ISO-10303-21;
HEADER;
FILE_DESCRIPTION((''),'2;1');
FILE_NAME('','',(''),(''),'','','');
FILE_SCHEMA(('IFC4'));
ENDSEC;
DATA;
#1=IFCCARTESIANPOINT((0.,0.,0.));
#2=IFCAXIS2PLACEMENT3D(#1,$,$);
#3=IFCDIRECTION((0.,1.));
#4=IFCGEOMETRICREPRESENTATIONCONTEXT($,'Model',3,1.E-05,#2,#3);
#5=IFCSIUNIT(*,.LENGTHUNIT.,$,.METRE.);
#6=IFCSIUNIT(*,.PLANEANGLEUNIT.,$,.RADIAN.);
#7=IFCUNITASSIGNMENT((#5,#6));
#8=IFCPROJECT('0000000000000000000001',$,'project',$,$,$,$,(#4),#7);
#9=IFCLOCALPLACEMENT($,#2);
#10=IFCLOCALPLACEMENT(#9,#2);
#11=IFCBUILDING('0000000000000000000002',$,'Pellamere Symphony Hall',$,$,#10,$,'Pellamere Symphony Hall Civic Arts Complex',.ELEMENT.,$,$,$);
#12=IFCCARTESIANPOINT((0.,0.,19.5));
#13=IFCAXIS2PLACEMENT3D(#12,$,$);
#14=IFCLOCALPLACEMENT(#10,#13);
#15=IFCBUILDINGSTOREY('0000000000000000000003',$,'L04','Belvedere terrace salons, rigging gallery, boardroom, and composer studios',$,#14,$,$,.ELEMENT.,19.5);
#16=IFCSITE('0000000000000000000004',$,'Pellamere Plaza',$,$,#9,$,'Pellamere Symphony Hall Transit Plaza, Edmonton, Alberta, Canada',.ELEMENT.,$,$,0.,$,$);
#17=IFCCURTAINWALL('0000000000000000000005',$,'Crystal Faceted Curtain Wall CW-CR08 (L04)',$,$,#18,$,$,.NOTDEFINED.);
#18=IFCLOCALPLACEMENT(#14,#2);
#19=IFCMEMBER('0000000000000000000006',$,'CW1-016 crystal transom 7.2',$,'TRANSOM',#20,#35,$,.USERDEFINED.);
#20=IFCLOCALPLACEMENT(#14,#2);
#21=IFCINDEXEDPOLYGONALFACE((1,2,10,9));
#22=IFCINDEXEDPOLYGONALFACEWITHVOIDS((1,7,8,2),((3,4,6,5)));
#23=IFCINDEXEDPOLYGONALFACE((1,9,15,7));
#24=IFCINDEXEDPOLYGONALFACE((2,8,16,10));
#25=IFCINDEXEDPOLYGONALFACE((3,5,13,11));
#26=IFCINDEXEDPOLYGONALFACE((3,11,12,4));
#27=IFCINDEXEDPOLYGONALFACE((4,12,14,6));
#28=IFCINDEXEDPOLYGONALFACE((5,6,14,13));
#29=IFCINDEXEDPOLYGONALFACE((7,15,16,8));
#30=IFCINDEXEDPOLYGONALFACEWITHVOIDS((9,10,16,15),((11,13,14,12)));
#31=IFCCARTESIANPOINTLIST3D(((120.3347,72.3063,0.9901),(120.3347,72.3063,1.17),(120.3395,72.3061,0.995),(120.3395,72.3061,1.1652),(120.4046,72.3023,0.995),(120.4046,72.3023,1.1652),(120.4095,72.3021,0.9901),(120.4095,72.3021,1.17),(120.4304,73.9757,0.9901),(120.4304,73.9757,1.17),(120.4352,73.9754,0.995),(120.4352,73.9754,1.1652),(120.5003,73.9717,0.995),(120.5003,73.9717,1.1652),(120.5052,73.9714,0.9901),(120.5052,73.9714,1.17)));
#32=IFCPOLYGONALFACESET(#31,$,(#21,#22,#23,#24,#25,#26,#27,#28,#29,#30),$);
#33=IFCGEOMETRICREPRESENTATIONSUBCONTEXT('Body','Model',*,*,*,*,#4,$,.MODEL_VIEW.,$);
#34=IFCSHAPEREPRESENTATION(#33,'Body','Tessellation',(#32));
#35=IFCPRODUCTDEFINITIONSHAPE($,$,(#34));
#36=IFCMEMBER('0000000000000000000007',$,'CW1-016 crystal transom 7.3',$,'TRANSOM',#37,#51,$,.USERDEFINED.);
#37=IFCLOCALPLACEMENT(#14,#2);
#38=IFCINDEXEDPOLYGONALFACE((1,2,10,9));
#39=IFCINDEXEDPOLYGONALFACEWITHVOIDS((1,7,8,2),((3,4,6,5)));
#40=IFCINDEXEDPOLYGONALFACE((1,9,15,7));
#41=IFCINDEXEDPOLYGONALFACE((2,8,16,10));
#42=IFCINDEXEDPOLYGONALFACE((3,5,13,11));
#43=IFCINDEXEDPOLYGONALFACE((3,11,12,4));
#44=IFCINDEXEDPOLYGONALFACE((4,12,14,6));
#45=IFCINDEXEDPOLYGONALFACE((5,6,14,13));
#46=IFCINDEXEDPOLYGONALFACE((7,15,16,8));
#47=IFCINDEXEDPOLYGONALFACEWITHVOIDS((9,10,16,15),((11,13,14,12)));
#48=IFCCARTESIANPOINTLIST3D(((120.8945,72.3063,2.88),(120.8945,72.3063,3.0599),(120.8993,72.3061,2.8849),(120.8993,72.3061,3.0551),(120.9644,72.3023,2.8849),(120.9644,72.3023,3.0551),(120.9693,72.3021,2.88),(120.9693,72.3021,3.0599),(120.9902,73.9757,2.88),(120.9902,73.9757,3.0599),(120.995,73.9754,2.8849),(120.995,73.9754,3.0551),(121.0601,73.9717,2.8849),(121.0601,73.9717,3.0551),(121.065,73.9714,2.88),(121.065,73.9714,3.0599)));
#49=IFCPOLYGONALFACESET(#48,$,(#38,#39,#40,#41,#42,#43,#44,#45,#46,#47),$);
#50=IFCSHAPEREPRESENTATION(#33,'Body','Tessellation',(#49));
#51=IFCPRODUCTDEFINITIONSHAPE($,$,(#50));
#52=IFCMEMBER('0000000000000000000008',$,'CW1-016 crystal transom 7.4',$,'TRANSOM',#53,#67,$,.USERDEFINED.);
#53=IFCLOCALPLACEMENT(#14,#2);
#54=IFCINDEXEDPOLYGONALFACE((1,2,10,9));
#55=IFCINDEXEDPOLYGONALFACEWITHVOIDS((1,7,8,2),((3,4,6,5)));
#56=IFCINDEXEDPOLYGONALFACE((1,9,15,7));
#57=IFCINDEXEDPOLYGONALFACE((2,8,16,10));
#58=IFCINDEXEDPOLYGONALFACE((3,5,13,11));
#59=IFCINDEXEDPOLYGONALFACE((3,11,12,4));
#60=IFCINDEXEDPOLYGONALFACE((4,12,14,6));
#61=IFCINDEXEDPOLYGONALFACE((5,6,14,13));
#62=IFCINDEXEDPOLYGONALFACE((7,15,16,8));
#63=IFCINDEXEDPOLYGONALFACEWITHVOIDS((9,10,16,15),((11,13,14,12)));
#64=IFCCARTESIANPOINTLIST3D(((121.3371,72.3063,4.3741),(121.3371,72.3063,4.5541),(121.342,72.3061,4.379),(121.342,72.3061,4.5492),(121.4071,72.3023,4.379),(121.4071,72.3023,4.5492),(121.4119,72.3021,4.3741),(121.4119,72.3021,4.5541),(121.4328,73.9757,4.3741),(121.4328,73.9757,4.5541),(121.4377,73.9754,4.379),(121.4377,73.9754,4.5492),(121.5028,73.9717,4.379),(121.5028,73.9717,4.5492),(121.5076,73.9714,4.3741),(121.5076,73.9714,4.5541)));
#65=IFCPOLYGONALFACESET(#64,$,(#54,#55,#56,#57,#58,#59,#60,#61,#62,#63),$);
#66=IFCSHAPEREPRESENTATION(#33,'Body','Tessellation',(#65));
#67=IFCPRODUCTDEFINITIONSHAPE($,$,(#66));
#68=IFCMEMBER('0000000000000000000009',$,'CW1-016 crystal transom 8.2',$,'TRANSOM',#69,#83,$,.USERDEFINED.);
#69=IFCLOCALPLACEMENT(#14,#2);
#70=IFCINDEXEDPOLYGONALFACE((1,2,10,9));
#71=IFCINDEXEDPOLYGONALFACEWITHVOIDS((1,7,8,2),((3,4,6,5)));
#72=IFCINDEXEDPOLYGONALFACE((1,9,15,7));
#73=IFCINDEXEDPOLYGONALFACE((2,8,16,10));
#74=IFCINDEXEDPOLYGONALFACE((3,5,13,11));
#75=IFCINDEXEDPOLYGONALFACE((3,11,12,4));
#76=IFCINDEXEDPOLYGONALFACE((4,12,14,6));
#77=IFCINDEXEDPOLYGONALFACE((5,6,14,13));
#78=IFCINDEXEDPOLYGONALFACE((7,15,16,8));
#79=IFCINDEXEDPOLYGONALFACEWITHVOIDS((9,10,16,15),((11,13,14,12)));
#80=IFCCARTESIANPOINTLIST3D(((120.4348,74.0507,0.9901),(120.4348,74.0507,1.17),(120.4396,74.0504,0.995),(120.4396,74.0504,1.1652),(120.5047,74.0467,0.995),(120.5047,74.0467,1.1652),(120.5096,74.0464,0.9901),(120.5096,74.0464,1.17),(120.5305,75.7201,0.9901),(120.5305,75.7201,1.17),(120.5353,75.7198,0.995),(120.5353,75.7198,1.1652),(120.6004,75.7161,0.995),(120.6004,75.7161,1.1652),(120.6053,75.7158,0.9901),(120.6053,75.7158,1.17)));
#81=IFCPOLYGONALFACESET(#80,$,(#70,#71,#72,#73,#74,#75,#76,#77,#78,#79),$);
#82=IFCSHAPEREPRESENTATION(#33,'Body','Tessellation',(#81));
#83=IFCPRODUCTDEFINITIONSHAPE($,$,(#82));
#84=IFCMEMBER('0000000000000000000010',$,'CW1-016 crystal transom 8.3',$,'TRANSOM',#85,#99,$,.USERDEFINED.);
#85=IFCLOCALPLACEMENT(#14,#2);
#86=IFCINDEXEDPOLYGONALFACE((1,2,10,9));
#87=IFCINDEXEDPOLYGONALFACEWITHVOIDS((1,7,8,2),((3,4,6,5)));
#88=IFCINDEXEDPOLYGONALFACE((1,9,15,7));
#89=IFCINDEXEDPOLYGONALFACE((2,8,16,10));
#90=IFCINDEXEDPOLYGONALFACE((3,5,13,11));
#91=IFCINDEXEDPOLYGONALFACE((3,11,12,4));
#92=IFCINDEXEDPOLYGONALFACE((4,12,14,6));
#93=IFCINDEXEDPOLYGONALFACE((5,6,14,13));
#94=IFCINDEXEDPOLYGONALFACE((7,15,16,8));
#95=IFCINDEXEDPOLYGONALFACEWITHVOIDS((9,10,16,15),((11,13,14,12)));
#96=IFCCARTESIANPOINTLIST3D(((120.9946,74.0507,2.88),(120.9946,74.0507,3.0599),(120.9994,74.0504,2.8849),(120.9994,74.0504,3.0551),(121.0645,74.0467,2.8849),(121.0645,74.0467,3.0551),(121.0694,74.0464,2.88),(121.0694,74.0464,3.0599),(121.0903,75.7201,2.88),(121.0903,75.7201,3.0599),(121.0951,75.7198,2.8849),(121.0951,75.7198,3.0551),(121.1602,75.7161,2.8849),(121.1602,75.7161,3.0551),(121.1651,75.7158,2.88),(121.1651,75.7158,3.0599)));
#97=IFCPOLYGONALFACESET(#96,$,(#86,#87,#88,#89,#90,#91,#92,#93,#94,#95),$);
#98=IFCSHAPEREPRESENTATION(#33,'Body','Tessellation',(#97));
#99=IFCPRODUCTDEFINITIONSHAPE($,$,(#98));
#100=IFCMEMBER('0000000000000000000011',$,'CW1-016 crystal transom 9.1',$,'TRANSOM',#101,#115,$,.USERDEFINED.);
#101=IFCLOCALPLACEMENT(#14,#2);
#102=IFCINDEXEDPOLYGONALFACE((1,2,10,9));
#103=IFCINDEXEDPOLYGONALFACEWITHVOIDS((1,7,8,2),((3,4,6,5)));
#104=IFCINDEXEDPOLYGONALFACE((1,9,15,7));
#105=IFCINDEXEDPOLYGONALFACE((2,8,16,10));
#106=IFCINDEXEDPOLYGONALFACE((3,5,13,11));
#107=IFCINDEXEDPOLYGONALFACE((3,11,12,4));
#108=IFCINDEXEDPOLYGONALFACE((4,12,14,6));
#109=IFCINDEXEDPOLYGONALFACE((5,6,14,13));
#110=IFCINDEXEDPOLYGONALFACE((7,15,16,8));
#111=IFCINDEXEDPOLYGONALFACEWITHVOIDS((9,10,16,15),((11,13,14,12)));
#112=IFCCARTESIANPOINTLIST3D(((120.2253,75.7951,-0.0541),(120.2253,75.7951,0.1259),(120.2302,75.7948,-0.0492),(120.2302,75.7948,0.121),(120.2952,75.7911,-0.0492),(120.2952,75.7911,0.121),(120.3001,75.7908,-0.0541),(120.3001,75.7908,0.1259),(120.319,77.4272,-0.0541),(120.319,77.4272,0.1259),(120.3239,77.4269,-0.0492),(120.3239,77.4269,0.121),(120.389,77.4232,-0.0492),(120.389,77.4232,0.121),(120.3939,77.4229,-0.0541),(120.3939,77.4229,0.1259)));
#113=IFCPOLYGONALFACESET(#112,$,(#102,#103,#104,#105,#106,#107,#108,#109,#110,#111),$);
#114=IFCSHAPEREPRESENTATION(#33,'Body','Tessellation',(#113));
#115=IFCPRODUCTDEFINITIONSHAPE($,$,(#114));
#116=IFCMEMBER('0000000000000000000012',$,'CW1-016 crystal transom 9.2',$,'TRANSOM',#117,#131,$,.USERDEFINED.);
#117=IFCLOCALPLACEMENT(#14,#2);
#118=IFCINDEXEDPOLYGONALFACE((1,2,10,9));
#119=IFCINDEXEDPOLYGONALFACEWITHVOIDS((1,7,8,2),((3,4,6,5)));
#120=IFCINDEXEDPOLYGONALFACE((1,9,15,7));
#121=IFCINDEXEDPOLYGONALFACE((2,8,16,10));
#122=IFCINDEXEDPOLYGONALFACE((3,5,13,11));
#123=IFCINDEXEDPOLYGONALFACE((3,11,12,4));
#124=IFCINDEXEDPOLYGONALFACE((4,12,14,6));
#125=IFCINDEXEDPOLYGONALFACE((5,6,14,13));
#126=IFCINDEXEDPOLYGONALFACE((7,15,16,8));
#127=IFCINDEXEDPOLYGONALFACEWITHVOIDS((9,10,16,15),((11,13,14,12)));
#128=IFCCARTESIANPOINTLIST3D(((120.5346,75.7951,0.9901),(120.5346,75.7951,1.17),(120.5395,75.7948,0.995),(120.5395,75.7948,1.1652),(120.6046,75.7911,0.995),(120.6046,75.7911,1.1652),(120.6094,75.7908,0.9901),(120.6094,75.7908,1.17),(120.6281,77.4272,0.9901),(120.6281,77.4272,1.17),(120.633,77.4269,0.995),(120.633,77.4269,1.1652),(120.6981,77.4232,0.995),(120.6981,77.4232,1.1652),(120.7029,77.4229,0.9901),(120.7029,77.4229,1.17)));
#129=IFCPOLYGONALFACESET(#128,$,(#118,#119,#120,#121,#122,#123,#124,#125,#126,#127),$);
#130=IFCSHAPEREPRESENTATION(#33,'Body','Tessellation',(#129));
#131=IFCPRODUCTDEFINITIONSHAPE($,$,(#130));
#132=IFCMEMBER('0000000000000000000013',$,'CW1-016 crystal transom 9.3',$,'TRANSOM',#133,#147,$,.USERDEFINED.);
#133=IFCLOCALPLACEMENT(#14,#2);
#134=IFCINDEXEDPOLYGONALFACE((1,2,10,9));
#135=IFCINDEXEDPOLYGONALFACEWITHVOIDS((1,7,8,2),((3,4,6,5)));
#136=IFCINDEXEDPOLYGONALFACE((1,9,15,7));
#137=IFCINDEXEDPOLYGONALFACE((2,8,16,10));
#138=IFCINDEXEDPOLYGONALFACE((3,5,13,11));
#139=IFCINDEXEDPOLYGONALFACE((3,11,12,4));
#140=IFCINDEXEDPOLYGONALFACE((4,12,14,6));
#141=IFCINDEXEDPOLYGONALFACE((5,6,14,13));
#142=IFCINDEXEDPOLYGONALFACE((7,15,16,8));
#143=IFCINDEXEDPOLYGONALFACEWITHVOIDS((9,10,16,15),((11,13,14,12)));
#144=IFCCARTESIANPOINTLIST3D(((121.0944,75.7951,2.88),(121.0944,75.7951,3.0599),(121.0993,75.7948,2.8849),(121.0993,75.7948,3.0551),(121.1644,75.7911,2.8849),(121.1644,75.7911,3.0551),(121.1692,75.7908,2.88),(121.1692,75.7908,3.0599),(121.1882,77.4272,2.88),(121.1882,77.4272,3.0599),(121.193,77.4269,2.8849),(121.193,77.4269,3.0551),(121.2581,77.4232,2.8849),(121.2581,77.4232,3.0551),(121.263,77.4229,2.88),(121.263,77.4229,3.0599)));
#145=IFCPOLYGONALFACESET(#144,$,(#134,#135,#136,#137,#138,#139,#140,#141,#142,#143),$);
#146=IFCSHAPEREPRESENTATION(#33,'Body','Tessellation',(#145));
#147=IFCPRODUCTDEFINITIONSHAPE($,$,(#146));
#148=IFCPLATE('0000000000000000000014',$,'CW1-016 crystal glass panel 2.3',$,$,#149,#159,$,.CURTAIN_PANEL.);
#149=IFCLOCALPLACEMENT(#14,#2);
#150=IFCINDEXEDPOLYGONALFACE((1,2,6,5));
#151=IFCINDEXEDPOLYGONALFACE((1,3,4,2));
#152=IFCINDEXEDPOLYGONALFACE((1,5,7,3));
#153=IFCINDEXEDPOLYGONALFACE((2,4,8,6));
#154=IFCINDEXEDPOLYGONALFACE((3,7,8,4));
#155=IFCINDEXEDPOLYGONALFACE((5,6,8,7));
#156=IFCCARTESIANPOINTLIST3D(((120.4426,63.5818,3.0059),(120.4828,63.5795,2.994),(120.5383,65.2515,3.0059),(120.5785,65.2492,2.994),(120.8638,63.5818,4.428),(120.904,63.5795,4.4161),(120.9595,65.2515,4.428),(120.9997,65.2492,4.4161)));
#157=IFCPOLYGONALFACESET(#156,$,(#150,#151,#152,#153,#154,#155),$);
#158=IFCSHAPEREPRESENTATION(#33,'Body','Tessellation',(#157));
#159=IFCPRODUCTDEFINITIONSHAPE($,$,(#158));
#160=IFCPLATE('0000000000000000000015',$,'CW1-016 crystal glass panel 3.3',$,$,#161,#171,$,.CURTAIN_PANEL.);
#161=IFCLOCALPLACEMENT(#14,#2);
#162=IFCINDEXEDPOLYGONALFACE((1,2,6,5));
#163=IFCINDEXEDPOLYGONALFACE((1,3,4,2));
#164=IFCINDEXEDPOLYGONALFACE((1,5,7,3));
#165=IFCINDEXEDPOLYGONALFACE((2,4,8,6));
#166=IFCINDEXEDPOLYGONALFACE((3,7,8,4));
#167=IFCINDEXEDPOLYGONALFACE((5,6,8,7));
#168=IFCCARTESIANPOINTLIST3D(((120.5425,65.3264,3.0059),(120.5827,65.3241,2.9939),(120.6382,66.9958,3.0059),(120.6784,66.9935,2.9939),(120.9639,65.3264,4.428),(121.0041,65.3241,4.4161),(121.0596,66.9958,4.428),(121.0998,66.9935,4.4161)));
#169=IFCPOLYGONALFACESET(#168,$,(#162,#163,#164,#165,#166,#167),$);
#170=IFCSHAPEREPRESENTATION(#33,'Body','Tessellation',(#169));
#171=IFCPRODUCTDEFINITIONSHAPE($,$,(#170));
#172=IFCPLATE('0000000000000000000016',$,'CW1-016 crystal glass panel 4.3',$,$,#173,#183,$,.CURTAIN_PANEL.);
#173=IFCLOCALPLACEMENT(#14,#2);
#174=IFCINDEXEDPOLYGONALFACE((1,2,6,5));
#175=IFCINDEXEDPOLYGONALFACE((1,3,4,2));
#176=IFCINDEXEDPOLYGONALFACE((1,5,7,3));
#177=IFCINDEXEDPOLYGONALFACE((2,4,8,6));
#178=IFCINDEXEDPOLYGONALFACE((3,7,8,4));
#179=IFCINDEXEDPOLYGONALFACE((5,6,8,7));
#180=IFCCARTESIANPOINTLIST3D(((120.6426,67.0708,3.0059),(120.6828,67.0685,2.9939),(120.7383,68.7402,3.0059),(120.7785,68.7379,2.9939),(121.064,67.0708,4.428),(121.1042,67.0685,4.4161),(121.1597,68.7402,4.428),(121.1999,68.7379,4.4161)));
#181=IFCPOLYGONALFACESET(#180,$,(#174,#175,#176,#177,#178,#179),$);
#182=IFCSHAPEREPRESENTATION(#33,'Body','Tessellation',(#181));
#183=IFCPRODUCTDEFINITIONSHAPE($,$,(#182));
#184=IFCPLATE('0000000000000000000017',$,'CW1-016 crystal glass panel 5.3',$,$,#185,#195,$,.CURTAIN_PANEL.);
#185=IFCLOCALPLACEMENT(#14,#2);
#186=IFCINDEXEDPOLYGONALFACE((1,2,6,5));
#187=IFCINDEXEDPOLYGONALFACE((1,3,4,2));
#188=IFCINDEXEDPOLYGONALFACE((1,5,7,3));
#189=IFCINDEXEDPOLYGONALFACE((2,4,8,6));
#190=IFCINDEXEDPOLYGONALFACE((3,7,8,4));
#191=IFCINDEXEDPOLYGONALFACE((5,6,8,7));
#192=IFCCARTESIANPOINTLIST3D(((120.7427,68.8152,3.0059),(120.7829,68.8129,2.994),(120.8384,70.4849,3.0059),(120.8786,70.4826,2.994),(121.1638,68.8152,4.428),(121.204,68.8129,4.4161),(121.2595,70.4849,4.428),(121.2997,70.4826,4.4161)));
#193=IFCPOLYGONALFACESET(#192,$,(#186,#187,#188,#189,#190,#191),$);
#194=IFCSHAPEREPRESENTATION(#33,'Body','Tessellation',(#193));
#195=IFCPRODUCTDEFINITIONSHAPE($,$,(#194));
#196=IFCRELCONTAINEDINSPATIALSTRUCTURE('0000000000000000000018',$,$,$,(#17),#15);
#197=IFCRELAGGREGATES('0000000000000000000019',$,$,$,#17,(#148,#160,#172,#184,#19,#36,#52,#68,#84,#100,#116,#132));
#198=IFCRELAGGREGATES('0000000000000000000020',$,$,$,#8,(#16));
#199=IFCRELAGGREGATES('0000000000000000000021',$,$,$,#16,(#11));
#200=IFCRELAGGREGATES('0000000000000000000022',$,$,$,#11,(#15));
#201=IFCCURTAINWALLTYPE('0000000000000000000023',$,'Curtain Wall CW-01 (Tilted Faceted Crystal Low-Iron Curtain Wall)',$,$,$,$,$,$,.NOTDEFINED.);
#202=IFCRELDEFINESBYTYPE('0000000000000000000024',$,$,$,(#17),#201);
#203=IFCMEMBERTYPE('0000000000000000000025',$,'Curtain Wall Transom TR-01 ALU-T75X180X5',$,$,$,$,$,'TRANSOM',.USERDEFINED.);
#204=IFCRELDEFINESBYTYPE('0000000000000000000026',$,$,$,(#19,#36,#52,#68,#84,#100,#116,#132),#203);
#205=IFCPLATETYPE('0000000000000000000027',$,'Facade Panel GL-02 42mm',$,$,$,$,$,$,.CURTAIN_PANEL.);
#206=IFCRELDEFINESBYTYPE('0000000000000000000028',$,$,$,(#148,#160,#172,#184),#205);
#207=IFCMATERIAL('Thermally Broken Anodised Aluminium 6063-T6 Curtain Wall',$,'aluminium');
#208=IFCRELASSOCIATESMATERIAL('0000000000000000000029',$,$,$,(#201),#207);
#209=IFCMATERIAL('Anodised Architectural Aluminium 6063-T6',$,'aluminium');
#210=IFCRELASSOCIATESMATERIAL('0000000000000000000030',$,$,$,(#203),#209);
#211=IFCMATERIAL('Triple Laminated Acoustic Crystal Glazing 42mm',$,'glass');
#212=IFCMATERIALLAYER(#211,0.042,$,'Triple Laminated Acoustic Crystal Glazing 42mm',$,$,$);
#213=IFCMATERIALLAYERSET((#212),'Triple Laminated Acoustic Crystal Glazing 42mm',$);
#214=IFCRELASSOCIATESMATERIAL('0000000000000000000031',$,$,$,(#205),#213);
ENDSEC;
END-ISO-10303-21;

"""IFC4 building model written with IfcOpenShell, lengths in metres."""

from ifc_helpers import new_model, si_unit, direction, frame, origin, origin_2d, place, context, subcontext, project, spatial, polyline, hollow_rectangle, outline, extrude, material, layer, layer_set, material_profile, profile_set, type_object, element, aggregate, save


model = new_model("IFC4")

# Units and contexts
model_context = context("Model", 3, precision=1e-05, world=origin(), true_north=direction((0.0, 1.0)))
body_context = subcontext(model_context, "Body", "Model", "MODEL_VIEW")
ifc_project = project(units=[si_unit("LENGTHUNIT", "METRE"), si_unit("PLANEANGLEUNIT", "RADIAN")], contexts=[model_context])

# Site, building, storey
site_placement = place(None, origin())
site = spatial("IfcSite", under=ifc_project, at=site_placement, Name="Pellamere Plaza", LongName="Pellamere Symphony Hall Transit Plaza, Edmonton, Alberta, Canada", CompositionType="ELEMENT", RefElevation=0.0)
building_placement = place(site_placement, origin())
building = spatial("IfcBuilding", under=site, at=building_placement, Name="Pellamere Symphony Hall", LongName="Pellamere Symphony Hall Civic Arts Complex", CompositionType="ELEMENT")
storey_placement = place(building_placement, frame((0.0, 0.0, 19.5)))
storey = spatial("IfcBuildingStorey", under=building, at=storey_placement, Name="L04", Description="Belvedere terrace salons, rigging gallery, boardroom, and composer studios", CompositionType="ELEMENT", Elevation=19.5)

# Curtain wall, members, plates
ifc_material_1 = material(Name="Thermally Broken Anodised Aluminium 6063-T6 Curtain Wall", Category="aluminium")
curtain_wall_type = type_object("IfcCurtainWallType", Name="Curtain Wall CW-01 (Tilted Faceted Crystal Low-Iron Curtain Wall)", PredefinedType="NOTDEFINED", material=ifc_material_1)
curtain_wall_placement = place(storey_placement, origin())
curtain_wall = element("IfcCurtainWall", 1, at=curtain_wall_placement, inside=storey, type_object=curtain_wall_type, Name="Crystal Faceted Curtain Wall CW-CR08 (L04)", PredefinedType="NOTDEFINED")
ifc_material_2 = material(Name="Anodised Architectural Aluminium 6063-T6", Category="aluminium")
ifc_material_profile = material_profile(ifc_material_2, hollow_rectangle(XDim=0.075, YDim=0.1799, WallThickness=0.0049, at=origin_2d()), Name="ALU-T75X180X5")
ifc_profile_set = profile_set([ifc_material_profile], Name="Anodised Architectural Aluminium 6063-T6")
member_type = type_object("IfcMemberType", Name="Curtain Wall Transom TR-01 ALU-T75X180X5", ElementType="TRANSOM", PredefinedType="USERDEFINED", material=ifc_profile_set)
member_1_placement = place(storey_placement, frame((120.3721, 72.3042, 1.0801), z_axis=(0.057233, 0.998361, 0.0), x_axis=(-0.998361, 0.057233, 0.0)))
member_1 = element("IfcMember", 2, at=member_1_placement, type_object=member_type, Name="CW1-016 crystal transom 7.2", ObjectType="TRANSOM", PredefinedType="USERDEFINED", context=body_context, shape_type="SweptSolid", body=[
    extrude(hollow_rectangle(XDim=0.075, YDim=0.1799, WallThickness=0.0049, at=origin_2d()), origin(), (0.0, 0.0, 1.0), 1.6721),
])
member_2_placement = place(storey_placement, frame((120.9319, 72.3042, 2.97), z_axis=(0.057233, 0.998361, 0.0), x_axis=(-0.998361, 0.057233, 0.0)))
member_2 = element("IfcMember", 3, at=member_2_placement, type_object=member_type, Name="CW1-016 crystal transom 7.3", ObjectType="TRANSOM", PredefinedType="USERDEFINED", context=body_context, shape_type="SweptSolid", body=[
    extrude(hollow_rectangle(XDim=0.075, YDim=0.1799, WallThickness=0.0049, at=origin_2d()), origin(), (0.0, 0.0, 1.0), 1.6721),
])
member_3_placement = place(storey_placement, frame((121.3745, 72.3042, 4.4641), z_axis=(0.057233, 0.998361, 0.0), x_axis=(-0.998361, 0.057233, 0.0)))
member_3 = element("IfcMember", 4, at=member_3_placement, type_object=member_type, Name="CW1-016 crystal transom 7.4", ObjectType="TRANSOM", PredefinedType="USERDEFINED", context=body_context, shape_type="SweptSolid", body=[
    extrude(hollow_rectangle(XDim=0.075, YDim=0.1799, WallThickness=0.0049, at=origin_2d()), origin(), (0.0, 0.0, 1.0), 1.6721),
])
member_4_placement = place(storey_placement, frame((120.4722, 74.0486, 1.0801), z_axis=(0.057233, 0.998361, 0.0), x_axis=(-0.998361, 0.057233, 0.0)))
member_4 = element("IfcMember", 5, at=member_4_placement, type_object=member_type, Name="CW1-016 crystal transom 8.2", ObjectType="TRANSOM", PredefinedType="USERDEFINED", context=body_context, shape_type="SweptSolid", body=[
    extrude(hollow_rectangle(XDim=0.075, YDim=0.1799, WallThickness=0.0049, at=origin_2d()), origin(), (0.0, 0.0, 1.0), 1.6721),
])
member_5_placement = place(storey_placement, frame((121.032, 74.0486, 2.97), z_axis=(0.057233, 0.998361, 0.0), x_axis=(-0.998361, 0.057233, 0.0)))
member_5 = element("IfcMember", 6, at=member_5_placement, type_object=member_type, Name="CW1-016 crystal transom 8.3", ObjectType="TRANSOM", PredefinedType="USERDEFINED", context=body_context, shape_type="SweptSolid", body=[
    extrude(hollow_rectangle(XDim=0.075, YDim=0.1799, WallThickness=0.0049, at=origin_2d()), origin(), (0.0, 0.0, 1.0), 1.6721),
])
member_6_placement = place(storey_placement, frame((120.2627, 75.793, 0.0359), z_axis=(0.057348, 0.998354, 0.0), x_axis=(-0.998354, 0.057348, 0.0)))
member_6 = element("IfcMember", 7, at=member_6_placement, type_object=member_type, Name="CW1-016 crystal transom 9.1", ObjectType="TRANSOM", PredefinedType="USERDEFINED", context=body_context, shape_type="SweptSolid", body=[
    extrude(hollow_rectangle(XDim=0.075, YDim=0.1799, WallThickness=0.0049, at=origin_2d()), origin(), (0.0, 0.0, 1.0), 1.6348),
])
member_7_placement = place(storey_placement, frame((120.572, 75.793, 1.0801), z_axis=(0.057199, 0.998363, 0.0), x_axis=(-0.998363, 0.057199, 0.0)))
member_7 = element("IfcMember", 8, at=member_7_placement, type_object=member_type, Name="CW1-016 crystal transom 9.2", ObjectType="TRANSOM", PredefinedType="USERDEFINED", context=body_context, shape_type="SweptSolid", body=[
    extrude(hollow_rectangle(XDim=0.075, YDim=0.1799, WallThickness=0.0049, at=origin_2d()), origin(), (0.0, 0.0, 1.0), 1.6348),
])
member_8_placement = place(storey_placement, frame((121.1318, 75.793, 2.97), z_axis=(0.057348, 0.998354, 0.0), x_axis=(-0.998354, 0.057348, 0.0)))
member_8 = element("IfcMember", 9, at=member_8_placement, type_object=member_type, Name="CW1-016 crystal transom 9.3", ObjectType="TRANSOM", PredefinedType="USERDEFINED", context=body_context, shape_type="SweptSolid", body=[
    extrude(hollow_rectangle(XDim=0.075, YDim=0.1799, WallThickness=0.0049, at=origin_2d()), origin(), (0.0, 0.0, 1.0), 1.6348),
])
ifc_material_3 = material(Name="Triple Laminated Acoustic Crystal Glazing 42mm", Category="glass")
ifc_layer = layer(ifc_material_3, 0.042, Name="Triple Laminated Acoustic Crystal Glazing 42mm")
ifc_layer_set = layer_set([ifc_layer], Name="Triple Laminated Acoustic Crystal Glazing 42mm")
plate_type = type_object("IfcPlateType", Name="Facade Panel GL-02 42mm", PredefinedType="CURTAIN_PANEL", material=ifc_layer_set)
plate_1_placement = place(storey_placement, frame((120.4426, 63.5818, 3.0059), z_axis=(-0.957395, 0.054876, 0.28352), x_axis=(0.057224, 0.998361, 0.0)))
plate_1 = element("IfcPlate", 10, at=plate_1_placement, type_object=plate_type, Name="CW1-016 crystal glass panel 2.3", PredefinedType="CURTAIN_PANEL", context=body_context, shape_type="SweptSolid", body=[
    extrude(outline(polyline([(0.0, 0.0), (1.6724, 0.0), (1.6965, -1.483), (0.0241, -1.483), (0.0, 0.0)])), origin(), (0.0, 0.0, -1.0), 0.042),
])
plate_2_placement = place(storey_placement, frame((120.5425, 65.3264, 3.0059), z_axis=(-0.95735, 0.054882, 0.283671), x_axis=(0.057233, 0.998361, 0.0)))
plate_2 = element("IfcPlate", 11, at=plate_2_placement, type_object=plate_type, Name="CW1-016 crystal glass panel 3.3", PredefinedType="CURTAIN_PANEL", context=body_context, shape_type="SweptSolid", body=[
    extrude(outline(polyline([(0.0, 0.0), (1.6722, 0.0), (1.6963, -1.483), (0.0241, -1.483), (0.0, 0.0)])), origin(), (0.0, 0.0, -1.0), 0.042),
])
plate_3_placement = place(storey_placement, frame((120.6426, 67.0708, 3.0059), z_axis=(-0.95735, 0.054882, 0.283671), x_axis=(0.057233, 0.998361, 0.0)))
plate_3 = element("IfcPlate", 12, at=plate_3_placement, type_object=plate_type, Name="CW1-016 crystal glass panel 4.3", PredefinedType="CURTAIN_PANEL", context=body_context, shape_type="SweptSolid", body=[
    extrude(outline(polyline([(0.0, 0.0), (1.6722, 0.0), (1.6963, -1.483), (0.0241, -1.483), (0.0, 0.0)])), origin(), (0.0, 0.0, -1.0), 0.042),
])
plate_4_placement = place(storey_placement, frame((120.7427, 68.8152, 3.0059), z_axis=(-0.957395, 0.054876, 0.28352), x_axis=(0.057224, 0.998361, 0.0)))
plate_4 = element("IfcPlate", 13, at=plate_4_placement, type_object=plate_type, Name="CW1-016 crystal glass panel 5.3", PredefinedType="CURTAIN_PANEL", context=body_context, shape_type="SweptSolid", body=[
    extrude(outline(polyline([(0.0, 0.0), (1.6724, 0.0), (1.6965, -1.483), (0.0241, -1.483), (0.0, 0.0)])), origin(), (0.0, 0.0, -1.0), 0.042),
])
aggregate(curtain_wall, [plate_1, plate_2, plate_3, plate_4, member_1, member_2, member_3, member_4, member_5, member_6, member_7, member_8])

save(model, "model.ifc")
